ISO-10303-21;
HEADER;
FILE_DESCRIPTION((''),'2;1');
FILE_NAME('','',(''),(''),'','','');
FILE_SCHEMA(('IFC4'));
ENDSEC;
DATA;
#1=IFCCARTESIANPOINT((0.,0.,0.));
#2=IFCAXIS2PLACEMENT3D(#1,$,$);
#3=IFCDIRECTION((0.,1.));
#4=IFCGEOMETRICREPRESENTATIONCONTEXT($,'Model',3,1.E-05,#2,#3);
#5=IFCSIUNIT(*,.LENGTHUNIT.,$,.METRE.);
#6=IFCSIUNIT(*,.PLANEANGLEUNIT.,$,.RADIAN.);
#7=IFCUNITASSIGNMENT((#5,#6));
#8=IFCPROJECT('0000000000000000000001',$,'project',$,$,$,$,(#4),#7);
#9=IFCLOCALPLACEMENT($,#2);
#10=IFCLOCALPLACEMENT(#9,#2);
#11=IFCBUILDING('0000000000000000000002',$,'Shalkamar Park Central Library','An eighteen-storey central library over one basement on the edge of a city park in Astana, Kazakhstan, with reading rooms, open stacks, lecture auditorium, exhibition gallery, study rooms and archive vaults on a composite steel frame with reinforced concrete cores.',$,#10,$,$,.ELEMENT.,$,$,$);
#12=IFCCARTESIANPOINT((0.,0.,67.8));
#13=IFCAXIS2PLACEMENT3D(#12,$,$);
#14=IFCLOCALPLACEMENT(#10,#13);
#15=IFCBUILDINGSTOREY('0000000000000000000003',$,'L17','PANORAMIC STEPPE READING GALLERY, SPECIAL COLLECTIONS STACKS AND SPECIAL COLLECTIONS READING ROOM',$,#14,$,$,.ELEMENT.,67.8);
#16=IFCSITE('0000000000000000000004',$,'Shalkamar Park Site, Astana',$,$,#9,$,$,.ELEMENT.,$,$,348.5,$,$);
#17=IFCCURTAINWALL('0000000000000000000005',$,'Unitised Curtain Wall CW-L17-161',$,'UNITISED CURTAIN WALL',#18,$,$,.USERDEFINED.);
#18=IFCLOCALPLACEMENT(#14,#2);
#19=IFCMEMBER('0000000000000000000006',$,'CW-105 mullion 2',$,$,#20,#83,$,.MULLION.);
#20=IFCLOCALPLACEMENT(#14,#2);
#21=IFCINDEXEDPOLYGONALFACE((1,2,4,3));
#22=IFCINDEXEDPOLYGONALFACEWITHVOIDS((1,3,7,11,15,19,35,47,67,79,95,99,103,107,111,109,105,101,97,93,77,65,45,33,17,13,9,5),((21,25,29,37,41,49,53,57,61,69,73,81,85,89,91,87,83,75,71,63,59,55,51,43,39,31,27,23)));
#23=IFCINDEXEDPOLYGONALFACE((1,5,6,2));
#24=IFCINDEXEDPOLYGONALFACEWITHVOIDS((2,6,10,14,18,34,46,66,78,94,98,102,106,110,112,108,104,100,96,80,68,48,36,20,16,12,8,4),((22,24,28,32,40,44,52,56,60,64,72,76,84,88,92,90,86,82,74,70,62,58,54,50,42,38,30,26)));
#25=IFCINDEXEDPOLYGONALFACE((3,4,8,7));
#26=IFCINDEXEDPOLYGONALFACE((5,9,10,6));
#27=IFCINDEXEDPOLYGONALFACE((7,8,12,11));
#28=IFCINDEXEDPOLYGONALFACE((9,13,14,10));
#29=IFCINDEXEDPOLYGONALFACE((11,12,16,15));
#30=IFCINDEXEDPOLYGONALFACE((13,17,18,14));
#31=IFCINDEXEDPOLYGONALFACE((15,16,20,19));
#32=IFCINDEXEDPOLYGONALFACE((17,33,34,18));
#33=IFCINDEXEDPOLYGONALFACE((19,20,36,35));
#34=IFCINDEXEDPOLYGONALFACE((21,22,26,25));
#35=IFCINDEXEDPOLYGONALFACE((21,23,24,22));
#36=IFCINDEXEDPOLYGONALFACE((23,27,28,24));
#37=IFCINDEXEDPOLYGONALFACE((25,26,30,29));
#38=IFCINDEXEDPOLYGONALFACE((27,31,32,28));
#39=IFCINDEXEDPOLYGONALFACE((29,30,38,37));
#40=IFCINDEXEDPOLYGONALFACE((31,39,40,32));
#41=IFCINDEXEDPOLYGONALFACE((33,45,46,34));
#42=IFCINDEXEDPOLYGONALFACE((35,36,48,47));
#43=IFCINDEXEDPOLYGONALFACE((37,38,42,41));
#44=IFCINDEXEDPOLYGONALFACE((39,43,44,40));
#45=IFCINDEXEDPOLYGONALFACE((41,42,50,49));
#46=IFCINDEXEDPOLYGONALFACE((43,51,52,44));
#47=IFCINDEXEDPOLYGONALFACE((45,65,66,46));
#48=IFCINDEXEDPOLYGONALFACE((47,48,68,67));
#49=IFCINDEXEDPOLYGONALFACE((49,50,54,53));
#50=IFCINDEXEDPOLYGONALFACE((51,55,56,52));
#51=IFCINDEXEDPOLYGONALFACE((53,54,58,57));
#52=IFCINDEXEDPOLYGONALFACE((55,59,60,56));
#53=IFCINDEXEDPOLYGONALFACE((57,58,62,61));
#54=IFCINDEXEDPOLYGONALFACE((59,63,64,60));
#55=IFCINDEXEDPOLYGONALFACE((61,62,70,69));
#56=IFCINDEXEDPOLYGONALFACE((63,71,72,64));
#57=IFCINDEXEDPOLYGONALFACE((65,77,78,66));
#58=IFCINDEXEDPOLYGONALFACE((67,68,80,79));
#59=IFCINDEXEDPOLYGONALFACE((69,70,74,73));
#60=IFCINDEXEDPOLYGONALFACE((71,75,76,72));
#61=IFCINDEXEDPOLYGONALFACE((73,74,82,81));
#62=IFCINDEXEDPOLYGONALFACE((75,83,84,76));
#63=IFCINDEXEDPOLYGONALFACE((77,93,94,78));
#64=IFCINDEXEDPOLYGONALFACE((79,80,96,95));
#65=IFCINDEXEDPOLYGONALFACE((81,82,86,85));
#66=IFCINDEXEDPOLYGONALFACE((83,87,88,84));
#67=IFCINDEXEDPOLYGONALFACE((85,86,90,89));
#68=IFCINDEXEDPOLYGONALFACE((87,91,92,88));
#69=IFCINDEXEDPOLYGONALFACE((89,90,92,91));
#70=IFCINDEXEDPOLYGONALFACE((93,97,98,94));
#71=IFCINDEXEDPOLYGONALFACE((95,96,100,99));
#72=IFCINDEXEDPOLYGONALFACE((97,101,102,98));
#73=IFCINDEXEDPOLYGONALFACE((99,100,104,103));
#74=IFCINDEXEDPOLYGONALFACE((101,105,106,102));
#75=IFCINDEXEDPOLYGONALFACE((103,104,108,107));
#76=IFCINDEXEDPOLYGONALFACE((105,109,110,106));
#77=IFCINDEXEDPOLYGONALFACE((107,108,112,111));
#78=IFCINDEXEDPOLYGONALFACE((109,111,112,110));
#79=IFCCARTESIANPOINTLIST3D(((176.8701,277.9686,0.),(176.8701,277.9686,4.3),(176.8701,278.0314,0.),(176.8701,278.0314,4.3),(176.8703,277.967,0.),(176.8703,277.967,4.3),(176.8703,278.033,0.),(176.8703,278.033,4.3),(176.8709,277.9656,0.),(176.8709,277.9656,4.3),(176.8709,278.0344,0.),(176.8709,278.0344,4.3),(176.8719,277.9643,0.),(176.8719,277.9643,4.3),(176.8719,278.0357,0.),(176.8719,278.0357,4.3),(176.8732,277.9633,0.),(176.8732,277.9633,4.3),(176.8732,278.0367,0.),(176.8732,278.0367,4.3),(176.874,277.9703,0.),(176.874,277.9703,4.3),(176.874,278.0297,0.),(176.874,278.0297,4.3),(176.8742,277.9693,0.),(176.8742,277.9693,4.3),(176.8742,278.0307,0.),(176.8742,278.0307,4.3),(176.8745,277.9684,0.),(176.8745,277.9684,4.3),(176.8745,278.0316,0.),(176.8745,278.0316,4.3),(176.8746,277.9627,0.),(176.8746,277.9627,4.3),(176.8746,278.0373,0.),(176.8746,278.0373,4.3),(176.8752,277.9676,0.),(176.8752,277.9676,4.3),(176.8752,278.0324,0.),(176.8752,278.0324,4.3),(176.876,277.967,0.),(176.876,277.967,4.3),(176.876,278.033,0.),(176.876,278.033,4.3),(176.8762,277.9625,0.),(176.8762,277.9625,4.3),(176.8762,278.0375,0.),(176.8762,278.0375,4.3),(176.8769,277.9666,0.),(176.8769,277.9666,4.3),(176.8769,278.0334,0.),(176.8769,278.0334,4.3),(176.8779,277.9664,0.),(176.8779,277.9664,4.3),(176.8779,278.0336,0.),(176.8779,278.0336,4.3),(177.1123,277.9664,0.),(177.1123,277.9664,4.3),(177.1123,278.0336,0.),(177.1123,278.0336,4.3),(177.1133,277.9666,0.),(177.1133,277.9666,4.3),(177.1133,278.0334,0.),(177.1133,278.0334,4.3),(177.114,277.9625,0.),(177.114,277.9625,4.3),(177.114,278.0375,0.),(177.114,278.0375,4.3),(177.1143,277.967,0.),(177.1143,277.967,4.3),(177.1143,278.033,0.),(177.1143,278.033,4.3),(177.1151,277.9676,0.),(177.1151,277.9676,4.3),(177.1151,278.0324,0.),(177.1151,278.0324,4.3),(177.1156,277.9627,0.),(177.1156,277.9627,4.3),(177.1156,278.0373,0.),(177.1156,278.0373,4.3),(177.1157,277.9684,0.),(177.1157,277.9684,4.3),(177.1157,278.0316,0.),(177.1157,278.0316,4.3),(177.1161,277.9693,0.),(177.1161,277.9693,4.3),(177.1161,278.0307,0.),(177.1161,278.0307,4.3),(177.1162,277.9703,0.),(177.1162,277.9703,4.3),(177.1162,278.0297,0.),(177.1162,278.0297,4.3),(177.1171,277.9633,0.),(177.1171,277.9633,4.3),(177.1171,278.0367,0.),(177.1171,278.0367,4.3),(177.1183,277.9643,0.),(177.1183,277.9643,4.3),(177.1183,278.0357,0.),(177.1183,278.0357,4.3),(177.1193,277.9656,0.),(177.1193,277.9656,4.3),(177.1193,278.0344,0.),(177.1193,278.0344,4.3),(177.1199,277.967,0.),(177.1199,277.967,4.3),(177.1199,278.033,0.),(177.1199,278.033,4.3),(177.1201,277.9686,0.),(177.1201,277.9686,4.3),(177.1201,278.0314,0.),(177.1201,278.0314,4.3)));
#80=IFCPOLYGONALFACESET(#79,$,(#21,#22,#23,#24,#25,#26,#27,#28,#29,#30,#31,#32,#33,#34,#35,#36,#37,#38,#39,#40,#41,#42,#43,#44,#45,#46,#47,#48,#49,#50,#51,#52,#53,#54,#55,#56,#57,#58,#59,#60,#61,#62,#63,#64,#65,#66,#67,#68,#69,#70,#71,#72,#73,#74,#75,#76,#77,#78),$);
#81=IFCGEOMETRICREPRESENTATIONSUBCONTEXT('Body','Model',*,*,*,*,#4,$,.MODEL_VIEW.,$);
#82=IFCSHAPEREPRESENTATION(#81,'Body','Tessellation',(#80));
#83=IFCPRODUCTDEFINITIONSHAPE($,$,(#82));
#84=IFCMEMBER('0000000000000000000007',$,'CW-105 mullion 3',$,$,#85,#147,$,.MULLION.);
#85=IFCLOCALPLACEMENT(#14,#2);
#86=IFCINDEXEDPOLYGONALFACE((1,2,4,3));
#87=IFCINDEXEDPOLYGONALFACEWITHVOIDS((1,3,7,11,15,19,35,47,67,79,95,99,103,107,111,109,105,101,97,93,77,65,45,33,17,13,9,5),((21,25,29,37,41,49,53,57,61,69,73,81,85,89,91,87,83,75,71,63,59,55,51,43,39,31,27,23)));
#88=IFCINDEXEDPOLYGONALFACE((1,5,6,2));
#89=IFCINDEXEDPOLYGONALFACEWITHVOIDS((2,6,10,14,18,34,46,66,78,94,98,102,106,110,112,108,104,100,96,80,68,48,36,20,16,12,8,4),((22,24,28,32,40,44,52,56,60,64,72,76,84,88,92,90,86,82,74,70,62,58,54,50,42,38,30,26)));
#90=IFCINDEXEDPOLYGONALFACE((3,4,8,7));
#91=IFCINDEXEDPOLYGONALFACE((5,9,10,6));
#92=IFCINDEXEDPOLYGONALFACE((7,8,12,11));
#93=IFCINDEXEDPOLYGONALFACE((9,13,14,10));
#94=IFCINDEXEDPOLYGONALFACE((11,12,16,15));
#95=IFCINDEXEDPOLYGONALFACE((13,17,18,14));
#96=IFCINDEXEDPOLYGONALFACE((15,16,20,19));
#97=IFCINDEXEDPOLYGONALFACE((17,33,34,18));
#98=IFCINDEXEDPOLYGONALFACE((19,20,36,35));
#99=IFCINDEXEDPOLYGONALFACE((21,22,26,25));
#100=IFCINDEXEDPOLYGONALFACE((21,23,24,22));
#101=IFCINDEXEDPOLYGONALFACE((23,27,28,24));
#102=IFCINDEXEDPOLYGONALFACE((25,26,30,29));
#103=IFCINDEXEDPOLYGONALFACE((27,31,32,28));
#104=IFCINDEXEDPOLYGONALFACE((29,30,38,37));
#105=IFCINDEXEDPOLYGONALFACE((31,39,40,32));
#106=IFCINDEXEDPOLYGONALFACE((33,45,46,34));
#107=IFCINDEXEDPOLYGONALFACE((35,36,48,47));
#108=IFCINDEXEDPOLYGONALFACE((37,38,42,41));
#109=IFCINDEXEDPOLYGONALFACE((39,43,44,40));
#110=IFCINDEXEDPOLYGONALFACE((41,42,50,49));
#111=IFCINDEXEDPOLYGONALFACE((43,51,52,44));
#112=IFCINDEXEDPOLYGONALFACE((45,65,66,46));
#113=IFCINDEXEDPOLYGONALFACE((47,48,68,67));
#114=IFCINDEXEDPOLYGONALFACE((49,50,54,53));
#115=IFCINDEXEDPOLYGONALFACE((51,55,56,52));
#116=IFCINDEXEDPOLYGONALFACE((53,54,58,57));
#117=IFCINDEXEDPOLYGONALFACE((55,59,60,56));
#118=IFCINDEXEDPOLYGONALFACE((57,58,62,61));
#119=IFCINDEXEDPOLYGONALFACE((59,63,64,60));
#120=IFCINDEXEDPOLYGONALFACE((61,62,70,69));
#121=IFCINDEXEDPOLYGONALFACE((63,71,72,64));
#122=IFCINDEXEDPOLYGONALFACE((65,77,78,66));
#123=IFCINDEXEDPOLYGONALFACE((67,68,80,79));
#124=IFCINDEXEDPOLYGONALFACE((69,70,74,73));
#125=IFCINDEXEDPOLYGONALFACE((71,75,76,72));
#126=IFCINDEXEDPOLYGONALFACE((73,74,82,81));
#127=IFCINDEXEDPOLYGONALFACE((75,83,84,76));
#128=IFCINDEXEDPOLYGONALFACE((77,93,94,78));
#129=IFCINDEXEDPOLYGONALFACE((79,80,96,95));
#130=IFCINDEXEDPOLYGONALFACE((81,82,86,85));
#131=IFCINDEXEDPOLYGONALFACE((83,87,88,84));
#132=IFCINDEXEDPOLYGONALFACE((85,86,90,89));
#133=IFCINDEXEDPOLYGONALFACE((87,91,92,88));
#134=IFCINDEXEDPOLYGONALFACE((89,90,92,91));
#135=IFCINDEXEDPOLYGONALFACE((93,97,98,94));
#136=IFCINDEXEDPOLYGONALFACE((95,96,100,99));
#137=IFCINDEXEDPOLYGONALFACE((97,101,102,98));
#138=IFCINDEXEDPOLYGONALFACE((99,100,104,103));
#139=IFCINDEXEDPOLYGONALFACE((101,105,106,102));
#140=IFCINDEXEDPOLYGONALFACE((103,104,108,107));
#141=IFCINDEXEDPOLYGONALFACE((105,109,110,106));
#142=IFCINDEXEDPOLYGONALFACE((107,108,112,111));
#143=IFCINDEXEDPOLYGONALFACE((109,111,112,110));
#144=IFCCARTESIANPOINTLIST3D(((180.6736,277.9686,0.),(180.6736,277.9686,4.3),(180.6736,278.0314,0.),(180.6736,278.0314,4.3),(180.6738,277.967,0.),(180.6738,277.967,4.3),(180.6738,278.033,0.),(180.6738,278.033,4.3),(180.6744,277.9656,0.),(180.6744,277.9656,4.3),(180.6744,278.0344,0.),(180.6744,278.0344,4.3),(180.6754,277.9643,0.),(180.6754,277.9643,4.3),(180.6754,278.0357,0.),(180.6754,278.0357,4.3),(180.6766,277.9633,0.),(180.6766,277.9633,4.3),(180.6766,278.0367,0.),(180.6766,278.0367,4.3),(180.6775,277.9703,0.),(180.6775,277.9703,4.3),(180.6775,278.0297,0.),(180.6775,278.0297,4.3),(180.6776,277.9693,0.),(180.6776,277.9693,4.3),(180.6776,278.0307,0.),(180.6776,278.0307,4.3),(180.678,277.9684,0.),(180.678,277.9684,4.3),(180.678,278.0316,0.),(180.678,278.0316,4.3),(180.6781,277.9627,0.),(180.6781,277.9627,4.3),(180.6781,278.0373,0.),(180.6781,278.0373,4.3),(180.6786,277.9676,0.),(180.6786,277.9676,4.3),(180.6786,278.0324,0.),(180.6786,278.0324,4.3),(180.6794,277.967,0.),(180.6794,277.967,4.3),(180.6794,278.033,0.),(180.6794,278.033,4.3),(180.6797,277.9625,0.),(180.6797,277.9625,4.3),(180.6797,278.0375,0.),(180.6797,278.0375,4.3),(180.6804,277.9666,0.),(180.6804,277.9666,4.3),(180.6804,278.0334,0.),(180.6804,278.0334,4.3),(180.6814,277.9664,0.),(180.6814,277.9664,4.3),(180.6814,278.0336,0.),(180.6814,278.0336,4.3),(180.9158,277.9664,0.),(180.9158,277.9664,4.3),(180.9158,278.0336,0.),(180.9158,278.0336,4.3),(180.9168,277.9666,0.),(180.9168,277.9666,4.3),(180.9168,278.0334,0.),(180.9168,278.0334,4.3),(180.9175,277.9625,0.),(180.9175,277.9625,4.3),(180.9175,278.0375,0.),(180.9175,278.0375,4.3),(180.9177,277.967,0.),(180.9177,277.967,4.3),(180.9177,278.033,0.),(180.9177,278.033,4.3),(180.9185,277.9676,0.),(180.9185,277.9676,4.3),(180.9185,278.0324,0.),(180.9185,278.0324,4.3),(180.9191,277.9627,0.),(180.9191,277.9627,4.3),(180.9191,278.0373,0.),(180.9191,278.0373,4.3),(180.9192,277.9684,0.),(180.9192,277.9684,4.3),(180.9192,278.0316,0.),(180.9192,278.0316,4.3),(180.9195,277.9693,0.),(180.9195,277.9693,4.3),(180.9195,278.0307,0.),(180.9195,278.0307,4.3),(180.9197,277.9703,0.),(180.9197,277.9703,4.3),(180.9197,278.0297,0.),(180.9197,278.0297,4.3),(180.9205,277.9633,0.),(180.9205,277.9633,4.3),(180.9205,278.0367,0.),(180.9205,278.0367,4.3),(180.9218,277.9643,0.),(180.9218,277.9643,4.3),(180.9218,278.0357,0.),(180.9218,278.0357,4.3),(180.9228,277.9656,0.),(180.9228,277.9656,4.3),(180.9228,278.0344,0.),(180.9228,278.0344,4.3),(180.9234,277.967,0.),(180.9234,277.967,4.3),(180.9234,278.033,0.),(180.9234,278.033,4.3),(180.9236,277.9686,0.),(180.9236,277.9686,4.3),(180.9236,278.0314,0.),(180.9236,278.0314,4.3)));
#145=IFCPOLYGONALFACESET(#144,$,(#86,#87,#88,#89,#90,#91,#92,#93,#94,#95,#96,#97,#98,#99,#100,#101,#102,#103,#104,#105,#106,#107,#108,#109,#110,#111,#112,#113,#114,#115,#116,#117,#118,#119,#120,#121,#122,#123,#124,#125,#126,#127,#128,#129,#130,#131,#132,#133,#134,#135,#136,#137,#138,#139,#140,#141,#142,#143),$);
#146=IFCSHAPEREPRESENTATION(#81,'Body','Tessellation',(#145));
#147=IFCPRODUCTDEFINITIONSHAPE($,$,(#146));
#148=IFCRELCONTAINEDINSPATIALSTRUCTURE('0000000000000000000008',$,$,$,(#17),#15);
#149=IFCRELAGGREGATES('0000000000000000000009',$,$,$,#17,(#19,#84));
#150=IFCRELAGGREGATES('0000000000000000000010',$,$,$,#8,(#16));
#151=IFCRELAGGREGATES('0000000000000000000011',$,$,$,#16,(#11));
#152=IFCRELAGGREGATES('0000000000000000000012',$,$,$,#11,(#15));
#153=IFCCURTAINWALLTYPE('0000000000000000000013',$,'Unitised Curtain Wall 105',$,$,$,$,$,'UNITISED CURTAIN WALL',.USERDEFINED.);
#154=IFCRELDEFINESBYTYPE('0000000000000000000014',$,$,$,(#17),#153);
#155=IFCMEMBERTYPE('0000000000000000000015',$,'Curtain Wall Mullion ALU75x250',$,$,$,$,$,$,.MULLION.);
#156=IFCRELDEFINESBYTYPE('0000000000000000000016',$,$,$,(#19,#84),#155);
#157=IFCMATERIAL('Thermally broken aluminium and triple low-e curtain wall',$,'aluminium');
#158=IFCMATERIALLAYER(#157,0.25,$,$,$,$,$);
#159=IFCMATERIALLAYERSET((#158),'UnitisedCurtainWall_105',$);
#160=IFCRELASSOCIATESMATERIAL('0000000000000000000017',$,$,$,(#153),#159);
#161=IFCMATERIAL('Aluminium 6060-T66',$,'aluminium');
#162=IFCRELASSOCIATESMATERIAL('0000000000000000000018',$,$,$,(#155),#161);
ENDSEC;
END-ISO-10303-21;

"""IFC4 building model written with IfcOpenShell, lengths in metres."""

from ifc_helpers import new_model, si_unit, direction, frame, origin, origin_2d, place, context, subcontext, project, spatial, hollow_rectangle, extrude, material, layer, layer_set, material_profile, profile_set, type_object, element, aggregate, save


model = new_model("IFC4")

# Units and contexts
model_context = context("Model", 3, precision=1e-05, world=origin(), true_north=direction((0.0, 1.0)))
body_context = subcontext(model_context, "Body", "Model", "MODEL_VIEW")
ifc_project = project(units=[si_unit("LENGTHUNIT", "METRE"), si_unit("PLANEANGLEUNIT", "RADIAN")], contexts=[model_context])

# Site, building, storey
site_placement = place(None, origin())
site = spatial("IfcSite", under=ifc_project, at=site_placement, Name="Shalkamar Park Site, Astana", CompositionType="ELEMENT", RefElevation=348.5)
building_placement = place(site_placement, origin())
building = spatial("IfcBuilding", under=site, at=building_placement, Name="Shalkamar Park Central Library", Description="An eighteen-storey central library over one basement on the edge of a city park in Astana, Kazakhstan, with reading rooms, open stacks, lecture auditorium, exhibition gallery, study rooms and archive vaults on a composite steel frame with reinforced concrete cores.", CompositionType="ELEMENT")
storey_placement = place(building_placement, frame((0.0, 0.0, 67.8)))
storey = spatial("IfcBuildingStorey", under=building, at=storey_placement, Name="L17", Description="PANORAMIC STEPPE READING GALLERY, SPECIAL COLLECTIONS STACKS AND SPECIAL COLLECTIONS READING ROOM", CompositionType="ELEMENT", Elevation=67.8)

# Curtain wall, members
ifc_material_1 = material(Name="Thermally broken aluminium and triple low-e curtain wall", Category="aluminium")
ifc_layer_1 = layer(ifc_material_1, 0.25)
ifc_layer_set_1 = layer_set([ifc_layer_1], Name="UnitisedCurtainWall_105")
curtain_wall_type = type_object("IfcCurtainWallType", Name="Unitised Curtain Wall 105", ElementType="UNITISED CURTAIN WALL", PredefinedType="USERDEFINED", material=ifc_layer_set_1)
curtain_wall_placement = place(storey_placement, origin())
curtain_wall = element("IfcCurtainWall", 1, at=curtain_wall_placement, inside=storey, type_object=curtain_wall_type, Name="Unitised Curtain Wall CW-L17-161", ObjectType="UNITISED CURTAIN WALL", PredefinedType="USERDEFINED")
ifc_material_2 = material(Name="Aluminium 6060-T66", Category="aluminium")
ifc_material_profile_1 = material_profile(ifc_material_2, hollow_rectangle(XDim=0.075, YDim=0.25, WallThickness=0.0039, InnerFilletRadius=0.0039, OuterFilletRadius=0.0061, at=origin_2d()), Name="ALU 75x250x4")
ifc_profile_set_1 = profile_set([ifc_material_profile_1], Name="Aluminium 6060-T66")
member_type_1 = type_object("IfcMemberType", Name="Curtain Wall Mullion ALU75x250", PredefinedType="MULLION", material=ifc_profile_set_1)
member_1_placement = place(storey_placement, frame((176.9951, 278.0, 0.0), z_axis=(0.0, 0.0, 1.0), x_axis=(0.0, 1.0, 0.0)))
member_1 = element("IfcMember", 2, at=member_1_placement, type_object=member_type_1, Name="CW-105 mullion 2", PredefinedType="MULLION", context=body_context, shape_type="SweptSolid", body=[
    extrude(hollow_rectangle(XDim=0.075, YDim=0.25, WallThickness=0.0039, InnerFilletRadius=0.0039, OuterFilletRadius=0.0061, at=origin_2d()), origin(), (0.0, 0.0, 1.0), 4.3),
])
member_2_placement = place(storey_placement, frame((180.7986, 278.0, 0.0), z_axis=(0.0, 0.0, 1.0), x_axis=(0.0, 1.0, 0.0)))
member_2 = element("IfcMember", 3, at=member_2_placement, type_object=member_type_1, Name="CW-105 mullion 3", PredefinedType="MULLION", context=body_context, shape_type="SweptSolid", body=[
    extrude(hollow_rectangle(XDim=0.075, YDim=0.25, WallThickness=0.0039, InnerFilletRadius=0.0039, OuterFilletRadius=0.0061, at=origin_2d()), origin(), (0.0, 0.0, 1.0), 4.3),
])

aggregate(curtain_wall, [member_1, member_2])

save(model, "model.ifc")
